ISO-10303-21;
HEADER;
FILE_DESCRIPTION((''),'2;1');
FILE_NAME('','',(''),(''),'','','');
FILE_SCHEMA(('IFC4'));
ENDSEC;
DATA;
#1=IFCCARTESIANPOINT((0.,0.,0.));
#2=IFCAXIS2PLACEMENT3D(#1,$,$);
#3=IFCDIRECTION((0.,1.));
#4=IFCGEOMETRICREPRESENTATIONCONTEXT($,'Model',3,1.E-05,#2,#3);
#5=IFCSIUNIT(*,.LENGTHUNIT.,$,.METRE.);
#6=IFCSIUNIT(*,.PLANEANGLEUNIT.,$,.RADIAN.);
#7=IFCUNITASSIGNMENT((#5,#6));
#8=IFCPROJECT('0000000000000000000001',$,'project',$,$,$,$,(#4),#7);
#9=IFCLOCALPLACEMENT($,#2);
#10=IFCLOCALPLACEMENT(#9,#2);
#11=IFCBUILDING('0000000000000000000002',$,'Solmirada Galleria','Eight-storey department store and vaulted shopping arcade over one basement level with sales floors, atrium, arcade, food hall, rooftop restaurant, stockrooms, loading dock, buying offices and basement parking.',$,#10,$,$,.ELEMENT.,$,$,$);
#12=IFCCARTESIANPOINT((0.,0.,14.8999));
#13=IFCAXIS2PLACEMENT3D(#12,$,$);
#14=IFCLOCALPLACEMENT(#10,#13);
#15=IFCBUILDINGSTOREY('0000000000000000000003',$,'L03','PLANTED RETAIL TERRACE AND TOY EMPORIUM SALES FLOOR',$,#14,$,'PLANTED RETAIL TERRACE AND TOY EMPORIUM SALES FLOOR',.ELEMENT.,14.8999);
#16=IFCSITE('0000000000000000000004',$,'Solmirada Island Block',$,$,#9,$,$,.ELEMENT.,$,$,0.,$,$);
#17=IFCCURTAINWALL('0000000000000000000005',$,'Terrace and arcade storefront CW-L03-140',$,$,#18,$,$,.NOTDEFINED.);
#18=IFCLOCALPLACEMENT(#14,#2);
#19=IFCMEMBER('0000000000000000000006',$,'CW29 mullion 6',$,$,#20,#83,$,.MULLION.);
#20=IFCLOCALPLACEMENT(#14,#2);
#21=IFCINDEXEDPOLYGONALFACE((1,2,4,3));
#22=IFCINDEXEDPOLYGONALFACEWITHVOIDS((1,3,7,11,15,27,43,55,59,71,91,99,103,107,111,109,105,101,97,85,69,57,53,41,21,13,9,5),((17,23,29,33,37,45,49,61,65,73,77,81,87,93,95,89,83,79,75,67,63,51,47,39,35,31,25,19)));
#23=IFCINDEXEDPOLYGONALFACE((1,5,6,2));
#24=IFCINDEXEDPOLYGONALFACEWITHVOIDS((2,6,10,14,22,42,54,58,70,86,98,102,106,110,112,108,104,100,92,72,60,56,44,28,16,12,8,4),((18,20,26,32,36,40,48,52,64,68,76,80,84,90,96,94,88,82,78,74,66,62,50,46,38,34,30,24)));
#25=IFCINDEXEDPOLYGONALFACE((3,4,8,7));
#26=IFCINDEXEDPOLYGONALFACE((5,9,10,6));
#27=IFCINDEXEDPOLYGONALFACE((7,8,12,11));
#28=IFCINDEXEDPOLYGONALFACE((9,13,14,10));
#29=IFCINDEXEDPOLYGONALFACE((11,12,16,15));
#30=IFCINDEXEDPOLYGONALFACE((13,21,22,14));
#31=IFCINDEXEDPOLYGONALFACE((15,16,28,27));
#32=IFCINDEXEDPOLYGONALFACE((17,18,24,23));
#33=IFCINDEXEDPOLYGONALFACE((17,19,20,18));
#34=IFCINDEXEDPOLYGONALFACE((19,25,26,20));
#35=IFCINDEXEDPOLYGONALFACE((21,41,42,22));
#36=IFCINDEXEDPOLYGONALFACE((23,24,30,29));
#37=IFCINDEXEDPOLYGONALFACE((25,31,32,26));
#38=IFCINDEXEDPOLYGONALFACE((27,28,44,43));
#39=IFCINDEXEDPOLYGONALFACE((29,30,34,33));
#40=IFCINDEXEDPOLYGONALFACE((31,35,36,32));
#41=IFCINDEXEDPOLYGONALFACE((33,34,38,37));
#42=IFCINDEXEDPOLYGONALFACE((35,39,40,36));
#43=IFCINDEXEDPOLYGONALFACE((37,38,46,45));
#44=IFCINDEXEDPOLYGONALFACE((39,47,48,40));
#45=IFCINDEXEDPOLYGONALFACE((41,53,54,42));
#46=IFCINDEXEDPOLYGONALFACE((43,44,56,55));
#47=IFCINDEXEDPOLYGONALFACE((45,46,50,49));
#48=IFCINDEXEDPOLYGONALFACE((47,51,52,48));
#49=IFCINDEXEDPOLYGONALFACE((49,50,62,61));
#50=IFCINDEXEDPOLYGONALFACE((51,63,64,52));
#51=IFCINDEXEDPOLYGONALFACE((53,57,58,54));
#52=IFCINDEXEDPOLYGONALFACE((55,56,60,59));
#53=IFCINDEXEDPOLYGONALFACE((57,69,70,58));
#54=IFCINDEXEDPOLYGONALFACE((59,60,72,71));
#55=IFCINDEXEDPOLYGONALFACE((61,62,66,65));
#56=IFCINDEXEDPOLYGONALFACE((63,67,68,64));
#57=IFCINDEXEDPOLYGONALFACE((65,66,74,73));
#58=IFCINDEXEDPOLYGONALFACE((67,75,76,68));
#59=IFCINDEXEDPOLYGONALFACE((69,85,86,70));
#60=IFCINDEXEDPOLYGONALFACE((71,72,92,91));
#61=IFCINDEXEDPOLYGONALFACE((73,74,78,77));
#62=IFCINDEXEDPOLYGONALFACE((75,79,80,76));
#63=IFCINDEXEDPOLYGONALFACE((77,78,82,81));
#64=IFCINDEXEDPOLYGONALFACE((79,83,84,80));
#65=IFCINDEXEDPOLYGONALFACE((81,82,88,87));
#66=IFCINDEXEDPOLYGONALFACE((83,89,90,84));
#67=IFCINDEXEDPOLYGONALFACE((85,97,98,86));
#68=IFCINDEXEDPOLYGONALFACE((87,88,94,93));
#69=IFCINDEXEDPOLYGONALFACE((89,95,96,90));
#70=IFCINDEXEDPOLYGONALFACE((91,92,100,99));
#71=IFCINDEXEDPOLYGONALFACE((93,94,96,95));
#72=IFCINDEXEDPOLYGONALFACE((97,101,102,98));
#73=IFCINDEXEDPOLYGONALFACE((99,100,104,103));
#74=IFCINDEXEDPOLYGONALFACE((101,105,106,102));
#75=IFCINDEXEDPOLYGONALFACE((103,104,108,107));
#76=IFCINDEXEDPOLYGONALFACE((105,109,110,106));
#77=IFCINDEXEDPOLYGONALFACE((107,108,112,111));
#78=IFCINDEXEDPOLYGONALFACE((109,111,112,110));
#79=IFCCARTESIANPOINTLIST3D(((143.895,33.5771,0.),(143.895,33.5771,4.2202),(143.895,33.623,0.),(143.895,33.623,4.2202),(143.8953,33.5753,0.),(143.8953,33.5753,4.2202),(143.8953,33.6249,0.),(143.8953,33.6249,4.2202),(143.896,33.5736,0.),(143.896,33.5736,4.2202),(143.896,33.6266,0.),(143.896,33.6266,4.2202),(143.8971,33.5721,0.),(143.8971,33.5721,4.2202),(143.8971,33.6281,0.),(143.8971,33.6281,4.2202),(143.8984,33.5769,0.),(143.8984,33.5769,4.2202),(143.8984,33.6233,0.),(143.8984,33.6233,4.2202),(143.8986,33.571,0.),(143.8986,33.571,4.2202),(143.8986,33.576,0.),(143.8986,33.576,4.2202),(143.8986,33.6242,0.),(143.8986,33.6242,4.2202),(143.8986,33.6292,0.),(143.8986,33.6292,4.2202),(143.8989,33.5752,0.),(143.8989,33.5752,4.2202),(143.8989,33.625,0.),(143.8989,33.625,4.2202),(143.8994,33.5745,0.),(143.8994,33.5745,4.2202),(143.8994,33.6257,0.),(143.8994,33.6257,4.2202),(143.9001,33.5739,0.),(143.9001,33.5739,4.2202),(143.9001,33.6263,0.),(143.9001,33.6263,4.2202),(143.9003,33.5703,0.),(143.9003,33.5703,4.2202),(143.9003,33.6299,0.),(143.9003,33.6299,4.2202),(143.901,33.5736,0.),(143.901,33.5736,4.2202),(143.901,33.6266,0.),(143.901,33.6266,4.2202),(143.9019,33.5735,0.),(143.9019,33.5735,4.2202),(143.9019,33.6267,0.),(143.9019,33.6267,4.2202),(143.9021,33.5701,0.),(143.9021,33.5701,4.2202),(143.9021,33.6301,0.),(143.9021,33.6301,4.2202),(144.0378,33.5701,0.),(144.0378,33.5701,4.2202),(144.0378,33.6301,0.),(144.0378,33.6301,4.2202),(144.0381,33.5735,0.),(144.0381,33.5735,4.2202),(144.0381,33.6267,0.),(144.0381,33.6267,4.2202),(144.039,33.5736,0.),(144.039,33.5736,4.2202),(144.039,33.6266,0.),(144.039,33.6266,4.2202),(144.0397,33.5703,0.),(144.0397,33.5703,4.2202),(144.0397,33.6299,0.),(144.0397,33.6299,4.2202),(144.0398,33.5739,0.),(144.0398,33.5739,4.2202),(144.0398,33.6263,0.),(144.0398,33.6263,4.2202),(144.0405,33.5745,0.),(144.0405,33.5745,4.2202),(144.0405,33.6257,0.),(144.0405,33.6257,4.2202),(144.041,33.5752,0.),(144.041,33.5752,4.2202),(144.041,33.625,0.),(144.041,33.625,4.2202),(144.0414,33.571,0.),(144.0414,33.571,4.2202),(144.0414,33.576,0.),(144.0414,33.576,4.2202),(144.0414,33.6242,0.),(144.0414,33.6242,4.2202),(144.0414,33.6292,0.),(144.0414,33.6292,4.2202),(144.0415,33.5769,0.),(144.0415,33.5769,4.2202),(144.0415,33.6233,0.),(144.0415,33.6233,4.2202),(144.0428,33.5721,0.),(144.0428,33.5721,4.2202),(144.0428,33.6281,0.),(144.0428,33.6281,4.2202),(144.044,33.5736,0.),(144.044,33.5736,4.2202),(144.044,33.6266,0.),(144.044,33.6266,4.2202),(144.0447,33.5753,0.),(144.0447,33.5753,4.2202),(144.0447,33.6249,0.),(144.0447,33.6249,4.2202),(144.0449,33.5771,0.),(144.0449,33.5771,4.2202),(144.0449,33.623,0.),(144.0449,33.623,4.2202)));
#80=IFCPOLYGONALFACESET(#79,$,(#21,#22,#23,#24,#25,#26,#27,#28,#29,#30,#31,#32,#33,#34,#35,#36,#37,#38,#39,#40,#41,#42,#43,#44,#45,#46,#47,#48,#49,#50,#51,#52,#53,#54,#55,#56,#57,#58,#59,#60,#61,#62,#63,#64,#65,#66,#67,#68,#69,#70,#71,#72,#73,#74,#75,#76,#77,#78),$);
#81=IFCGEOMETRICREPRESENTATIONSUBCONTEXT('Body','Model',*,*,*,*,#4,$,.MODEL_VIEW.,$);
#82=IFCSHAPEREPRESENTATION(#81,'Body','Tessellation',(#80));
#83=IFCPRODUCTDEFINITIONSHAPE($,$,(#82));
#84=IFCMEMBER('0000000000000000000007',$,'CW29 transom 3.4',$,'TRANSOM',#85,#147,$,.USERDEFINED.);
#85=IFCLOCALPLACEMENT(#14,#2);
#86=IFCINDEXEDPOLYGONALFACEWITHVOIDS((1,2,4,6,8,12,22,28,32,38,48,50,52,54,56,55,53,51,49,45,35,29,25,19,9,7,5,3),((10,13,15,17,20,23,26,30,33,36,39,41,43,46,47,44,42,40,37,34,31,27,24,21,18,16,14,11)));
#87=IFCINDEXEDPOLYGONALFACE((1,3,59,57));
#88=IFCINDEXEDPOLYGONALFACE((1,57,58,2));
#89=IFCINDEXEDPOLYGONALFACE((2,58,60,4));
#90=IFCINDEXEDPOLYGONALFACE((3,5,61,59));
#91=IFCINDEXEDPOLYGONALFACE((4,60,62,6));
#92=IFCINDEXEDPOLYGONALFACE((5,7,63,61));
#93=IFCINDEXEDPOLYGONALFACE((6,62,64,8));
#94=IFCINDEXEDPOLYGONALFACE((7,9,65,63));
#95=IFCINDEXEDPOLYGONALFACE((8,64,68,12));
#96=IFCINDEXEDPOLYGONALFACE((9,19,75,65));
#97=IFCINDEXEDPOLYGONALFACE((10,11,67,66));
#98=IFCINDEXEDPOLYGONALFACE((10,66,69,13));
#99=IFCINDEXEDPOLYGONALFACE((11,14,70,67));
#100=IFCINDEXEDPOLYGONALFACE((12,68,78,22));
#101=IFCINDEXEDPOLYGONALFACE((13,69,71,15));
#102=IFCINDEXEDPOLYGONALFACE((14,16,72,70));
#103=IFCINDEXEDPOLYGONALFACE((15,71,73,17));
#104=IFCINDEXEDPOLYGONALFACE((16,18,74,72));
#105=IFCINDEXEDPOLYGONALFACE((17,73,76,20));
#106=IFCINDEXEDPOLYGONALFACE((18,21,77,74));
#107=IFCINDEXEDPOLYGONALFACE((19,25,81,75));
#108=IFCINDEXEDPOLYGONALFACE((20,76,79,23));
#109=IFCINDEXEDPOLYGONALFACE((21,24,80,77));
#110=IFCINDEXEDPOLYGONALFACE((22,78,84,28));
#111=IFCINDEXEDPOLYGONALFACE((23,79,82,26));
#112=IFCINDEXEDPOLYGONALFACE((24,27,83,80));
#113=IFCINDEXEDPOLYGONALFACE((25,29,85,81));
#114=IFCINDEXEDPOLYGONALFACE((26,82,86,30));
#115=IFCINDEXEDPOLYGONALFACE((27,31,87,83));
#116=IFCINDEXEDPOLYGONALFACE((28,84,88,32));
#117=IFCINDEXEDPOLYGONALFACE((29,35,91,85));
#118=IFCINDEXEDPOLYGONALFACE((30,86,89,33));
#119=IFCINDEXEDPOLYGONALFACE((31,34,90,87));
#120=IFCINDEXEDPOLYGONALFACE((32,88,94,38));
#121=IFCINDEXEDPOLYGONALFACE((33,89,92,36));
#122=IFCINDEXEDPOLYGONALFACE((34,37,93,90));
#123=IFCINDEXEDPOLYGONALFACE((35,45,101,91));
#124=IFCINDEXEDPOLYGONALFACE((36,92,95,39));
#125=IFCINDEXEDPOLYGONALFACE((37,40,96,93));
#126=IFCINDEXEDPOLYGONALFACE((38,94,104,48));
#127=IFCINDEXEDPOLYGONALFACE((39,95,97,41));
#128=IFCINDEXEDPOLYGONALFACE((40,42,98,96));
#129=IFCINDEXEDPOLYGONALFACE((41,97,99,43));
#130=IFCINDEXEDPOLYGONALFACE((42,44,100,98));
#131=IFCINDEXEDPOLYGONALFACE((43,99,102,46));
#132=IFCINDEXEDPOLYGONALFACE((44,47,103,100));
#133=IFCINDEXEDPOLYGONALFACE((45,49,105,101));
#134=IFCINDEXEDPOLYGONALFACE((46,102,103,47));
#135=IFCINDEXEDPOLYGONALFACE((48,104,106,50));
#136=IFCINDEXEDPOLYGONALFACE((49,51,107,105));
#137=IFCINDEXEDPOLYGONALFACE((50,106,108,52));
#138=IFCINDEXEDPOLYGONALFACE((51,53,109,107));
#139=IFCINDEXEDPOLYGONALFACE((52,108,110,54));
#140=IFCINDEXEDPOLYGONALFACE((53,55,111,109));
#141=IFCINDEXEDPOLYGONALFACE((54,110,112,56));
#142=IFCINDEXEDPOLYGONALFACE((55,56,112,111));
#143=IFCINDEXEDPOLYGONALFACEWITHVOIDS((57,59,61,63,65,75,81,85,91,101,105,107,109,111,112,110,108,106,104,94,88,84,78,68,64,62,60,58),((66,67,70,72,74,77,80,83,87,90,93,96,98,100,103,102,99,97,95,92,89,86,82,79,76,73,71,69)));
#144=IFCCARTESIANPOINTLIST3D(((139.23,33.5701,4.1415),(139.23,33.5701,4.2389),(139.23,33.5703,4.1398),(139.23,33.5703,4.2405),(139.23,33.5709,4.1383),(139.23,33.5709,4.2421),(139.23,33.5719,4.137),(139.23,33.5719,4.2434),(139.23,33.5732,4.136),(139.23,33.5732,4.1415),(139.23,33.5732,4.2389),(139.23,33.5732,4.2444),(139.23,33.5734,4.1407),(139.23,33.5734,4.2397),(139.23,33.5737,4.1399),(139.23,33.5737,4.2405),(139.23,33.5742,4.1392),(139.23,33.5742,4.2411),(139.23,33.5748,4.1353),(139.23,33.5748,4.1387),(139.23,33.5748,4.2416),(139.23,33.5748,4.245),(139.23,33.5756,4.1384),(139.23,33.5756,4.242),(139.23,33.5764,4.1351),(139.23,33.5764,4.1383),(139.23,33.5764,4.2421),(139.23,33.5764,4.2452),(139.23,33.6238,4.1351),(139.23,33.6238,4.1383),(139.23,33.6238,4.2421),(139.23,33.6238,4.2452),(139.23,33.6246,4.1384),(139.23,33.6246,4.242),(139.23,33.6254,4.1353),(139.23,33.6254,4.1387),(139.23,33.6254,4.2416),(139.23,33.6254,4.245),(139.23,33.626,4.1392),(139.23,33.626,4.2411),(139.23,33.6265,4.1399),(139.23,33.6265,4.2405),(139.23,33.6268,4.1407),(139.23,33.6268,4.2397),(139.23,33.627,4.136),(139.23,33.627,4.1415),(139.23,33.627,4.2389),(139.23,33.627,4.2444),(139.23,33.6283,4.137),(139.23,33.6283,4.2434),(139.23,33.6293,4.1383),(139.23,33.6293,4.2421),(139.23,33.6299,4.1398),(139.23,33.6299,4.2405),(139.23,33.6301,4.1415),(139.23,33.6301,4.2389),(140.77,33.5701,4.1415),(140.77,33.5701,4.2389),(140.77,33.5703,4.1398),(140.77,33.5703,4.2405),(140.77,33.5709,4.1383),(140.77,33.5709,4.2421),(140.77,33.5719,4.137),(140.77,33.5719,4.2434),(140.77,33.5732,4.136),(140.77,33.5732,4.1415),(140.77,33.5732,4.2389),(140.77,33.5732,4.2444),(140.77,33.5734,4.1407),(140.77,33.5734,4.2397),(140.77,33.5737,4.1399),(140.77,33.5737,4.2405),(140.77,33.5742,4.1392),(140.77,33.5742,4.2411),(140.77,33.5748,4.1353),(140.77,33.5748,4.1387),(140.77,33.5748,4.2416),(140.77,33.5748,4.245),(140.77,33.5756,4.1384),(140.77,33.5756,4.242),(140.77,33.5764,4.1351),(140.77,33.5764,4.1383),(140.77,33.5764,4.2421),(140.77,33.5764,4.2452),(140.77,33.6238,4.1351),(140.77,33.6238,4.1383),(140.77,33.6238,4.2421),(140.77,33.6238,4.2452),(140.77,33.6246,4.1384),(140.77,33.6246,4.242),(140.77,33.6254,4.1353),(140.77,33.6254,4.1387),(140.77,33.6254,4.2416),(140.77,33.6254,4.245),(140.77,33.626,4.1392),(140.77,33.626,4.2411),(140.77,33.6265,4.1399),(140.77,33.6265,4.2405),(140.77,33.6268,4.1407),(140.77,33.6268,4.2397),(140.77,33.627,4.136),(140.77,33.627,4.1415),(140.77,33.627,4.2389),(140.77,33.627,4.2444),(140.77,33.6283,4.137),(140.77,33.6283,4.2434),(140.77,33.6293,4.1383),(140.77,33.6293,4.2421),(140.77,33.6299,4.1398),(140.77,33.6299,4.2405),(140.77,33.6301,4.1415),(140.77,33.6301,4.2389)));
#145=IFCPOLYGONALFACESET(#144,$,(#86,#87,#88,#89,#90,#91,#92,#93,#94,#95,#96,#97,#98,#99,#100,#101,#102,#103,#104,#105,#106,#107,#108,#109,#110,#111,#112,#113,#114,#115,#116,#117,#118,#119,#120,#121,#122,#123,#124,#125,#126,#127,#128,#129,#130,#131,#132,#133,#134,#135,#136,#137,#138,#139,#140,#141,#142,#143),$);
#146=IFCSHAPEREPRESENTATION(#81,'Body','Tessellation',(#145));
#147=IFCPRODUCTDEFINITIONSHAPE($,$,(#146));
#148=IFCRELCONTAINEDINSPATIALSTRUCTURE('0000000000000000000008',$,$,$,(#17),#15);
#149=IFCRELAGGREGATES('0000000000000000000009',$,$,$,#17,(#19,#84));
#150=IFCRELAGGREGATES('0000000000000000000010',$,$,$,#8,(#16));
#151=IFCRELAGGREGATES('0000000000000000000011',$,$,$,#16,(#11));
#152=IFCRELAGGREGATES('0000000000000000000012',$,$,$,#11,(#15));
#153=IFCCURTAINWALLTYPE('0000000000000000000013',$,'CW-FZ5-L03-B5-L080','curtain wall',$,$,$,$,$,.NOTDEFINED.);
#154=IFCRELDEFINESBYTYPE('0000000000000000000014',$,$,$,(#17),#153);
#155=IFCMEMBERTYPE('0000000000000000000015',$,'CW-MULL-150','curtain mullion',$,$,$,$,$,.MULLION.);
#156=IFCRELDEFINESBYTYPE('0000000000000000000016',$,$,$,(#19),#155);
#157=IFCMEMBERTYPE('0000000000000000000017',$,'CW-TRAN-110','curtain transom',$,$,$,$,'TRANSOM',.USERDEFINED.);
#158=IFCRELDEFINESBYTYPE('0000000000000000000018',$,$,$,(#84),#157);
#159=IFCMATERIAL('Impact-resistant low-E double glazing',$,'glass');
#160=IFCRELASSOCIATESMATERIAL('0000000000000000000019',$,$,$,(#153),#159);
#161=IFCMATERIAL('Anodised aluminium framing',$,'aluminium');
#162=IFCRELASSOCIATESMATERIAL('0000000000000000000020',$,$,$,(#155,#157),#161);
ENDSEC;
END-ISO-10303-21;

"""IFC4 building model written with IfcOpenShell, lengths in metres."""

from ifc_helpers import new_model, si_unit, direction, frame, origin, origin_2d, place, context, subcontext, project, spatial, hollow_rectangle, extrude, material, material_profile, profile_set, type_object, element, aggregate, save


model = new_model("IFC4")

# Units and contexts
model_context = context("Model", 3, precision=1e-05, world=origin(), true_north=direction((0.0, 1.0)))
body_context = subcontext(model_context, "Body", "Model", "MODEL_VIEW")
ifc_project = project(units=[si_unit("LENGTHUNIT", "METRE"), si_unit("PLANEANGLEUNIT", "RADIAN")], contexts=[model_context])

# Site, building, storey
site_placement = place(None, origin())
site = spatial("IfcSite", under=ifc_project, at=site_placement, Name="Solmirada Island Block", CompositionType="ELEMENT", RefElevation=0.0)
building_placement = place(site_placement, origin())
building = spatial("IfcBuilding", under=site, at=building_placement, Name="Solmirada Galleria", Description="Eight-storey department store and vaulted shopping arcade over one basement level with sales floors, atrium, arcade, food hall, rooftop restaurant, stockrooms, loading dock, buying offices and basement parking.", CompositionType="ELEMENT")
storey_placement = place(building_placement, frame((0.0, 0.0, 14.8999)))
storey = spatial("IfcBuildingStorey", under=building, at=storey_placement, Name="L03", Description="PLANTED RETAIL TERRACE AND TOY EMPORIUM SALES FLOOR", LongName="PLANTED RETAIL TERRACE AND TOY EMPORIUM SALES FLOOR", CompositionType="ELEMENT", Elevation=14.8999)

# Curtain wall, members
ifc_material_1 = material(Name="Impact-resistant low-E double glazing", Category="glass")
curtain_wall_type = type_object("IfcCurtainWallType", Name="CW-FZ5-L03-B5-L080", Description="curtain wall", PredefinedType="NOTDEFINED", material=ifc_material_1)
curtain_wall_placement = place(storey_placement, origin())
curtain_wall = element("IfcCurtainWall", 1, at=curtain_wall_placement, inside=storey, type_object=curtain_wall_type, Name="Terrace and arcade storefront CW-L03-140", PredefinedType="NOTDEFINED")
ifc_material_2 = material(Name="Anodised aluminium framing", Category="aluminium")
ifc_material_profile_1 = material_profile(ifc_material_2, hollow_rectangle(XDim=0.0601, YDim=0.1499, WallThickness=0.0034, InnerFilletRadius=0.0034, OuterFilletRadius=0.0071, at=origin_2d()), Name="ALU-MULL-150X60")
ifc_profile_set_1 = profile_set([ifc_material_profile_1], Name="Anodised aluminium framing")
member_type_1 = type_object("IfcMemberType", Name="CW-MULL-150", Description="curtain mullion", PredefinedType="MULLION", material=ifc_profile_set_1)
member_1_placement = place(storey_placement, frame((143.97, 33.6001, 0.0), z_axis=(0.0, 0.0, 1.0), x_axis=(0.0, 1.0, 0.0)))
member_1 = element("IfcMember", 2, at=member_1_placement, type_object=member_type_1, Name="CW29 mullion 6", PredefinedType="MULLION", context=body_context, shape_type="SweptSolid", body=[
    extrude(hollow_rectangle(XDim=0.0601, YDim=0.1499, WallThickness=0.0034, InnerFilletRadius=0.0034, OuterFilletRadius=0.0071, at=origin_2d()), origin(), (0.0, 0.0, 1.0), 4.2202),
])
ifc_material_profile_2 = material_profile(ifc_material_2, hollow_rectangle(XDim=0.0601, YDim=0.1101, WallThickness=0.0032, InnerFilletRadius=0.0032, OuterFilletRadius=0.0063, at=origin_2d()), Name="ALU-TRAN-110X60")
ifc_profile_set_2 = profile_set([ifc_material_profile_2], Name="Anodised aluminium framing")
member_type_2 = type_object("IfcMemberType", Name="CW-TRAN-110", Description="curtain transom", ElementType="TRANSOM", PredefinedType="USERDEFINED", material=ifc_profile_set_2)
member_2_placement = place(storey_placement, frame((139.23, 33.6001, 4.1902), z_axis=(1.0, 0.0, 0.0), x_axis=(0.0, 1.0, 0.0)))
member_2 = element("IfcMember", 3, at=member_2_placement, type_object=member_type_2, Name="CW29 transom 3.4", ObjectType="TRANSOM", PredefinedType="USERDEFINED", context=body_context, shape_type="SweptSolid", body=[
    extrude(hollow_rectangle(XDim=0.0601, YDim=0.1101, WallThickness=0.0032, InnerFilletRadius=0.0032, OuterFilletRadius=0.0063, at=origin_2d()), origin(), (0.0, 0.0, 1.0), 1.54),
])
aggregate(curtain_wall, [member_1, member_2])

save(model, "model.ifc")
